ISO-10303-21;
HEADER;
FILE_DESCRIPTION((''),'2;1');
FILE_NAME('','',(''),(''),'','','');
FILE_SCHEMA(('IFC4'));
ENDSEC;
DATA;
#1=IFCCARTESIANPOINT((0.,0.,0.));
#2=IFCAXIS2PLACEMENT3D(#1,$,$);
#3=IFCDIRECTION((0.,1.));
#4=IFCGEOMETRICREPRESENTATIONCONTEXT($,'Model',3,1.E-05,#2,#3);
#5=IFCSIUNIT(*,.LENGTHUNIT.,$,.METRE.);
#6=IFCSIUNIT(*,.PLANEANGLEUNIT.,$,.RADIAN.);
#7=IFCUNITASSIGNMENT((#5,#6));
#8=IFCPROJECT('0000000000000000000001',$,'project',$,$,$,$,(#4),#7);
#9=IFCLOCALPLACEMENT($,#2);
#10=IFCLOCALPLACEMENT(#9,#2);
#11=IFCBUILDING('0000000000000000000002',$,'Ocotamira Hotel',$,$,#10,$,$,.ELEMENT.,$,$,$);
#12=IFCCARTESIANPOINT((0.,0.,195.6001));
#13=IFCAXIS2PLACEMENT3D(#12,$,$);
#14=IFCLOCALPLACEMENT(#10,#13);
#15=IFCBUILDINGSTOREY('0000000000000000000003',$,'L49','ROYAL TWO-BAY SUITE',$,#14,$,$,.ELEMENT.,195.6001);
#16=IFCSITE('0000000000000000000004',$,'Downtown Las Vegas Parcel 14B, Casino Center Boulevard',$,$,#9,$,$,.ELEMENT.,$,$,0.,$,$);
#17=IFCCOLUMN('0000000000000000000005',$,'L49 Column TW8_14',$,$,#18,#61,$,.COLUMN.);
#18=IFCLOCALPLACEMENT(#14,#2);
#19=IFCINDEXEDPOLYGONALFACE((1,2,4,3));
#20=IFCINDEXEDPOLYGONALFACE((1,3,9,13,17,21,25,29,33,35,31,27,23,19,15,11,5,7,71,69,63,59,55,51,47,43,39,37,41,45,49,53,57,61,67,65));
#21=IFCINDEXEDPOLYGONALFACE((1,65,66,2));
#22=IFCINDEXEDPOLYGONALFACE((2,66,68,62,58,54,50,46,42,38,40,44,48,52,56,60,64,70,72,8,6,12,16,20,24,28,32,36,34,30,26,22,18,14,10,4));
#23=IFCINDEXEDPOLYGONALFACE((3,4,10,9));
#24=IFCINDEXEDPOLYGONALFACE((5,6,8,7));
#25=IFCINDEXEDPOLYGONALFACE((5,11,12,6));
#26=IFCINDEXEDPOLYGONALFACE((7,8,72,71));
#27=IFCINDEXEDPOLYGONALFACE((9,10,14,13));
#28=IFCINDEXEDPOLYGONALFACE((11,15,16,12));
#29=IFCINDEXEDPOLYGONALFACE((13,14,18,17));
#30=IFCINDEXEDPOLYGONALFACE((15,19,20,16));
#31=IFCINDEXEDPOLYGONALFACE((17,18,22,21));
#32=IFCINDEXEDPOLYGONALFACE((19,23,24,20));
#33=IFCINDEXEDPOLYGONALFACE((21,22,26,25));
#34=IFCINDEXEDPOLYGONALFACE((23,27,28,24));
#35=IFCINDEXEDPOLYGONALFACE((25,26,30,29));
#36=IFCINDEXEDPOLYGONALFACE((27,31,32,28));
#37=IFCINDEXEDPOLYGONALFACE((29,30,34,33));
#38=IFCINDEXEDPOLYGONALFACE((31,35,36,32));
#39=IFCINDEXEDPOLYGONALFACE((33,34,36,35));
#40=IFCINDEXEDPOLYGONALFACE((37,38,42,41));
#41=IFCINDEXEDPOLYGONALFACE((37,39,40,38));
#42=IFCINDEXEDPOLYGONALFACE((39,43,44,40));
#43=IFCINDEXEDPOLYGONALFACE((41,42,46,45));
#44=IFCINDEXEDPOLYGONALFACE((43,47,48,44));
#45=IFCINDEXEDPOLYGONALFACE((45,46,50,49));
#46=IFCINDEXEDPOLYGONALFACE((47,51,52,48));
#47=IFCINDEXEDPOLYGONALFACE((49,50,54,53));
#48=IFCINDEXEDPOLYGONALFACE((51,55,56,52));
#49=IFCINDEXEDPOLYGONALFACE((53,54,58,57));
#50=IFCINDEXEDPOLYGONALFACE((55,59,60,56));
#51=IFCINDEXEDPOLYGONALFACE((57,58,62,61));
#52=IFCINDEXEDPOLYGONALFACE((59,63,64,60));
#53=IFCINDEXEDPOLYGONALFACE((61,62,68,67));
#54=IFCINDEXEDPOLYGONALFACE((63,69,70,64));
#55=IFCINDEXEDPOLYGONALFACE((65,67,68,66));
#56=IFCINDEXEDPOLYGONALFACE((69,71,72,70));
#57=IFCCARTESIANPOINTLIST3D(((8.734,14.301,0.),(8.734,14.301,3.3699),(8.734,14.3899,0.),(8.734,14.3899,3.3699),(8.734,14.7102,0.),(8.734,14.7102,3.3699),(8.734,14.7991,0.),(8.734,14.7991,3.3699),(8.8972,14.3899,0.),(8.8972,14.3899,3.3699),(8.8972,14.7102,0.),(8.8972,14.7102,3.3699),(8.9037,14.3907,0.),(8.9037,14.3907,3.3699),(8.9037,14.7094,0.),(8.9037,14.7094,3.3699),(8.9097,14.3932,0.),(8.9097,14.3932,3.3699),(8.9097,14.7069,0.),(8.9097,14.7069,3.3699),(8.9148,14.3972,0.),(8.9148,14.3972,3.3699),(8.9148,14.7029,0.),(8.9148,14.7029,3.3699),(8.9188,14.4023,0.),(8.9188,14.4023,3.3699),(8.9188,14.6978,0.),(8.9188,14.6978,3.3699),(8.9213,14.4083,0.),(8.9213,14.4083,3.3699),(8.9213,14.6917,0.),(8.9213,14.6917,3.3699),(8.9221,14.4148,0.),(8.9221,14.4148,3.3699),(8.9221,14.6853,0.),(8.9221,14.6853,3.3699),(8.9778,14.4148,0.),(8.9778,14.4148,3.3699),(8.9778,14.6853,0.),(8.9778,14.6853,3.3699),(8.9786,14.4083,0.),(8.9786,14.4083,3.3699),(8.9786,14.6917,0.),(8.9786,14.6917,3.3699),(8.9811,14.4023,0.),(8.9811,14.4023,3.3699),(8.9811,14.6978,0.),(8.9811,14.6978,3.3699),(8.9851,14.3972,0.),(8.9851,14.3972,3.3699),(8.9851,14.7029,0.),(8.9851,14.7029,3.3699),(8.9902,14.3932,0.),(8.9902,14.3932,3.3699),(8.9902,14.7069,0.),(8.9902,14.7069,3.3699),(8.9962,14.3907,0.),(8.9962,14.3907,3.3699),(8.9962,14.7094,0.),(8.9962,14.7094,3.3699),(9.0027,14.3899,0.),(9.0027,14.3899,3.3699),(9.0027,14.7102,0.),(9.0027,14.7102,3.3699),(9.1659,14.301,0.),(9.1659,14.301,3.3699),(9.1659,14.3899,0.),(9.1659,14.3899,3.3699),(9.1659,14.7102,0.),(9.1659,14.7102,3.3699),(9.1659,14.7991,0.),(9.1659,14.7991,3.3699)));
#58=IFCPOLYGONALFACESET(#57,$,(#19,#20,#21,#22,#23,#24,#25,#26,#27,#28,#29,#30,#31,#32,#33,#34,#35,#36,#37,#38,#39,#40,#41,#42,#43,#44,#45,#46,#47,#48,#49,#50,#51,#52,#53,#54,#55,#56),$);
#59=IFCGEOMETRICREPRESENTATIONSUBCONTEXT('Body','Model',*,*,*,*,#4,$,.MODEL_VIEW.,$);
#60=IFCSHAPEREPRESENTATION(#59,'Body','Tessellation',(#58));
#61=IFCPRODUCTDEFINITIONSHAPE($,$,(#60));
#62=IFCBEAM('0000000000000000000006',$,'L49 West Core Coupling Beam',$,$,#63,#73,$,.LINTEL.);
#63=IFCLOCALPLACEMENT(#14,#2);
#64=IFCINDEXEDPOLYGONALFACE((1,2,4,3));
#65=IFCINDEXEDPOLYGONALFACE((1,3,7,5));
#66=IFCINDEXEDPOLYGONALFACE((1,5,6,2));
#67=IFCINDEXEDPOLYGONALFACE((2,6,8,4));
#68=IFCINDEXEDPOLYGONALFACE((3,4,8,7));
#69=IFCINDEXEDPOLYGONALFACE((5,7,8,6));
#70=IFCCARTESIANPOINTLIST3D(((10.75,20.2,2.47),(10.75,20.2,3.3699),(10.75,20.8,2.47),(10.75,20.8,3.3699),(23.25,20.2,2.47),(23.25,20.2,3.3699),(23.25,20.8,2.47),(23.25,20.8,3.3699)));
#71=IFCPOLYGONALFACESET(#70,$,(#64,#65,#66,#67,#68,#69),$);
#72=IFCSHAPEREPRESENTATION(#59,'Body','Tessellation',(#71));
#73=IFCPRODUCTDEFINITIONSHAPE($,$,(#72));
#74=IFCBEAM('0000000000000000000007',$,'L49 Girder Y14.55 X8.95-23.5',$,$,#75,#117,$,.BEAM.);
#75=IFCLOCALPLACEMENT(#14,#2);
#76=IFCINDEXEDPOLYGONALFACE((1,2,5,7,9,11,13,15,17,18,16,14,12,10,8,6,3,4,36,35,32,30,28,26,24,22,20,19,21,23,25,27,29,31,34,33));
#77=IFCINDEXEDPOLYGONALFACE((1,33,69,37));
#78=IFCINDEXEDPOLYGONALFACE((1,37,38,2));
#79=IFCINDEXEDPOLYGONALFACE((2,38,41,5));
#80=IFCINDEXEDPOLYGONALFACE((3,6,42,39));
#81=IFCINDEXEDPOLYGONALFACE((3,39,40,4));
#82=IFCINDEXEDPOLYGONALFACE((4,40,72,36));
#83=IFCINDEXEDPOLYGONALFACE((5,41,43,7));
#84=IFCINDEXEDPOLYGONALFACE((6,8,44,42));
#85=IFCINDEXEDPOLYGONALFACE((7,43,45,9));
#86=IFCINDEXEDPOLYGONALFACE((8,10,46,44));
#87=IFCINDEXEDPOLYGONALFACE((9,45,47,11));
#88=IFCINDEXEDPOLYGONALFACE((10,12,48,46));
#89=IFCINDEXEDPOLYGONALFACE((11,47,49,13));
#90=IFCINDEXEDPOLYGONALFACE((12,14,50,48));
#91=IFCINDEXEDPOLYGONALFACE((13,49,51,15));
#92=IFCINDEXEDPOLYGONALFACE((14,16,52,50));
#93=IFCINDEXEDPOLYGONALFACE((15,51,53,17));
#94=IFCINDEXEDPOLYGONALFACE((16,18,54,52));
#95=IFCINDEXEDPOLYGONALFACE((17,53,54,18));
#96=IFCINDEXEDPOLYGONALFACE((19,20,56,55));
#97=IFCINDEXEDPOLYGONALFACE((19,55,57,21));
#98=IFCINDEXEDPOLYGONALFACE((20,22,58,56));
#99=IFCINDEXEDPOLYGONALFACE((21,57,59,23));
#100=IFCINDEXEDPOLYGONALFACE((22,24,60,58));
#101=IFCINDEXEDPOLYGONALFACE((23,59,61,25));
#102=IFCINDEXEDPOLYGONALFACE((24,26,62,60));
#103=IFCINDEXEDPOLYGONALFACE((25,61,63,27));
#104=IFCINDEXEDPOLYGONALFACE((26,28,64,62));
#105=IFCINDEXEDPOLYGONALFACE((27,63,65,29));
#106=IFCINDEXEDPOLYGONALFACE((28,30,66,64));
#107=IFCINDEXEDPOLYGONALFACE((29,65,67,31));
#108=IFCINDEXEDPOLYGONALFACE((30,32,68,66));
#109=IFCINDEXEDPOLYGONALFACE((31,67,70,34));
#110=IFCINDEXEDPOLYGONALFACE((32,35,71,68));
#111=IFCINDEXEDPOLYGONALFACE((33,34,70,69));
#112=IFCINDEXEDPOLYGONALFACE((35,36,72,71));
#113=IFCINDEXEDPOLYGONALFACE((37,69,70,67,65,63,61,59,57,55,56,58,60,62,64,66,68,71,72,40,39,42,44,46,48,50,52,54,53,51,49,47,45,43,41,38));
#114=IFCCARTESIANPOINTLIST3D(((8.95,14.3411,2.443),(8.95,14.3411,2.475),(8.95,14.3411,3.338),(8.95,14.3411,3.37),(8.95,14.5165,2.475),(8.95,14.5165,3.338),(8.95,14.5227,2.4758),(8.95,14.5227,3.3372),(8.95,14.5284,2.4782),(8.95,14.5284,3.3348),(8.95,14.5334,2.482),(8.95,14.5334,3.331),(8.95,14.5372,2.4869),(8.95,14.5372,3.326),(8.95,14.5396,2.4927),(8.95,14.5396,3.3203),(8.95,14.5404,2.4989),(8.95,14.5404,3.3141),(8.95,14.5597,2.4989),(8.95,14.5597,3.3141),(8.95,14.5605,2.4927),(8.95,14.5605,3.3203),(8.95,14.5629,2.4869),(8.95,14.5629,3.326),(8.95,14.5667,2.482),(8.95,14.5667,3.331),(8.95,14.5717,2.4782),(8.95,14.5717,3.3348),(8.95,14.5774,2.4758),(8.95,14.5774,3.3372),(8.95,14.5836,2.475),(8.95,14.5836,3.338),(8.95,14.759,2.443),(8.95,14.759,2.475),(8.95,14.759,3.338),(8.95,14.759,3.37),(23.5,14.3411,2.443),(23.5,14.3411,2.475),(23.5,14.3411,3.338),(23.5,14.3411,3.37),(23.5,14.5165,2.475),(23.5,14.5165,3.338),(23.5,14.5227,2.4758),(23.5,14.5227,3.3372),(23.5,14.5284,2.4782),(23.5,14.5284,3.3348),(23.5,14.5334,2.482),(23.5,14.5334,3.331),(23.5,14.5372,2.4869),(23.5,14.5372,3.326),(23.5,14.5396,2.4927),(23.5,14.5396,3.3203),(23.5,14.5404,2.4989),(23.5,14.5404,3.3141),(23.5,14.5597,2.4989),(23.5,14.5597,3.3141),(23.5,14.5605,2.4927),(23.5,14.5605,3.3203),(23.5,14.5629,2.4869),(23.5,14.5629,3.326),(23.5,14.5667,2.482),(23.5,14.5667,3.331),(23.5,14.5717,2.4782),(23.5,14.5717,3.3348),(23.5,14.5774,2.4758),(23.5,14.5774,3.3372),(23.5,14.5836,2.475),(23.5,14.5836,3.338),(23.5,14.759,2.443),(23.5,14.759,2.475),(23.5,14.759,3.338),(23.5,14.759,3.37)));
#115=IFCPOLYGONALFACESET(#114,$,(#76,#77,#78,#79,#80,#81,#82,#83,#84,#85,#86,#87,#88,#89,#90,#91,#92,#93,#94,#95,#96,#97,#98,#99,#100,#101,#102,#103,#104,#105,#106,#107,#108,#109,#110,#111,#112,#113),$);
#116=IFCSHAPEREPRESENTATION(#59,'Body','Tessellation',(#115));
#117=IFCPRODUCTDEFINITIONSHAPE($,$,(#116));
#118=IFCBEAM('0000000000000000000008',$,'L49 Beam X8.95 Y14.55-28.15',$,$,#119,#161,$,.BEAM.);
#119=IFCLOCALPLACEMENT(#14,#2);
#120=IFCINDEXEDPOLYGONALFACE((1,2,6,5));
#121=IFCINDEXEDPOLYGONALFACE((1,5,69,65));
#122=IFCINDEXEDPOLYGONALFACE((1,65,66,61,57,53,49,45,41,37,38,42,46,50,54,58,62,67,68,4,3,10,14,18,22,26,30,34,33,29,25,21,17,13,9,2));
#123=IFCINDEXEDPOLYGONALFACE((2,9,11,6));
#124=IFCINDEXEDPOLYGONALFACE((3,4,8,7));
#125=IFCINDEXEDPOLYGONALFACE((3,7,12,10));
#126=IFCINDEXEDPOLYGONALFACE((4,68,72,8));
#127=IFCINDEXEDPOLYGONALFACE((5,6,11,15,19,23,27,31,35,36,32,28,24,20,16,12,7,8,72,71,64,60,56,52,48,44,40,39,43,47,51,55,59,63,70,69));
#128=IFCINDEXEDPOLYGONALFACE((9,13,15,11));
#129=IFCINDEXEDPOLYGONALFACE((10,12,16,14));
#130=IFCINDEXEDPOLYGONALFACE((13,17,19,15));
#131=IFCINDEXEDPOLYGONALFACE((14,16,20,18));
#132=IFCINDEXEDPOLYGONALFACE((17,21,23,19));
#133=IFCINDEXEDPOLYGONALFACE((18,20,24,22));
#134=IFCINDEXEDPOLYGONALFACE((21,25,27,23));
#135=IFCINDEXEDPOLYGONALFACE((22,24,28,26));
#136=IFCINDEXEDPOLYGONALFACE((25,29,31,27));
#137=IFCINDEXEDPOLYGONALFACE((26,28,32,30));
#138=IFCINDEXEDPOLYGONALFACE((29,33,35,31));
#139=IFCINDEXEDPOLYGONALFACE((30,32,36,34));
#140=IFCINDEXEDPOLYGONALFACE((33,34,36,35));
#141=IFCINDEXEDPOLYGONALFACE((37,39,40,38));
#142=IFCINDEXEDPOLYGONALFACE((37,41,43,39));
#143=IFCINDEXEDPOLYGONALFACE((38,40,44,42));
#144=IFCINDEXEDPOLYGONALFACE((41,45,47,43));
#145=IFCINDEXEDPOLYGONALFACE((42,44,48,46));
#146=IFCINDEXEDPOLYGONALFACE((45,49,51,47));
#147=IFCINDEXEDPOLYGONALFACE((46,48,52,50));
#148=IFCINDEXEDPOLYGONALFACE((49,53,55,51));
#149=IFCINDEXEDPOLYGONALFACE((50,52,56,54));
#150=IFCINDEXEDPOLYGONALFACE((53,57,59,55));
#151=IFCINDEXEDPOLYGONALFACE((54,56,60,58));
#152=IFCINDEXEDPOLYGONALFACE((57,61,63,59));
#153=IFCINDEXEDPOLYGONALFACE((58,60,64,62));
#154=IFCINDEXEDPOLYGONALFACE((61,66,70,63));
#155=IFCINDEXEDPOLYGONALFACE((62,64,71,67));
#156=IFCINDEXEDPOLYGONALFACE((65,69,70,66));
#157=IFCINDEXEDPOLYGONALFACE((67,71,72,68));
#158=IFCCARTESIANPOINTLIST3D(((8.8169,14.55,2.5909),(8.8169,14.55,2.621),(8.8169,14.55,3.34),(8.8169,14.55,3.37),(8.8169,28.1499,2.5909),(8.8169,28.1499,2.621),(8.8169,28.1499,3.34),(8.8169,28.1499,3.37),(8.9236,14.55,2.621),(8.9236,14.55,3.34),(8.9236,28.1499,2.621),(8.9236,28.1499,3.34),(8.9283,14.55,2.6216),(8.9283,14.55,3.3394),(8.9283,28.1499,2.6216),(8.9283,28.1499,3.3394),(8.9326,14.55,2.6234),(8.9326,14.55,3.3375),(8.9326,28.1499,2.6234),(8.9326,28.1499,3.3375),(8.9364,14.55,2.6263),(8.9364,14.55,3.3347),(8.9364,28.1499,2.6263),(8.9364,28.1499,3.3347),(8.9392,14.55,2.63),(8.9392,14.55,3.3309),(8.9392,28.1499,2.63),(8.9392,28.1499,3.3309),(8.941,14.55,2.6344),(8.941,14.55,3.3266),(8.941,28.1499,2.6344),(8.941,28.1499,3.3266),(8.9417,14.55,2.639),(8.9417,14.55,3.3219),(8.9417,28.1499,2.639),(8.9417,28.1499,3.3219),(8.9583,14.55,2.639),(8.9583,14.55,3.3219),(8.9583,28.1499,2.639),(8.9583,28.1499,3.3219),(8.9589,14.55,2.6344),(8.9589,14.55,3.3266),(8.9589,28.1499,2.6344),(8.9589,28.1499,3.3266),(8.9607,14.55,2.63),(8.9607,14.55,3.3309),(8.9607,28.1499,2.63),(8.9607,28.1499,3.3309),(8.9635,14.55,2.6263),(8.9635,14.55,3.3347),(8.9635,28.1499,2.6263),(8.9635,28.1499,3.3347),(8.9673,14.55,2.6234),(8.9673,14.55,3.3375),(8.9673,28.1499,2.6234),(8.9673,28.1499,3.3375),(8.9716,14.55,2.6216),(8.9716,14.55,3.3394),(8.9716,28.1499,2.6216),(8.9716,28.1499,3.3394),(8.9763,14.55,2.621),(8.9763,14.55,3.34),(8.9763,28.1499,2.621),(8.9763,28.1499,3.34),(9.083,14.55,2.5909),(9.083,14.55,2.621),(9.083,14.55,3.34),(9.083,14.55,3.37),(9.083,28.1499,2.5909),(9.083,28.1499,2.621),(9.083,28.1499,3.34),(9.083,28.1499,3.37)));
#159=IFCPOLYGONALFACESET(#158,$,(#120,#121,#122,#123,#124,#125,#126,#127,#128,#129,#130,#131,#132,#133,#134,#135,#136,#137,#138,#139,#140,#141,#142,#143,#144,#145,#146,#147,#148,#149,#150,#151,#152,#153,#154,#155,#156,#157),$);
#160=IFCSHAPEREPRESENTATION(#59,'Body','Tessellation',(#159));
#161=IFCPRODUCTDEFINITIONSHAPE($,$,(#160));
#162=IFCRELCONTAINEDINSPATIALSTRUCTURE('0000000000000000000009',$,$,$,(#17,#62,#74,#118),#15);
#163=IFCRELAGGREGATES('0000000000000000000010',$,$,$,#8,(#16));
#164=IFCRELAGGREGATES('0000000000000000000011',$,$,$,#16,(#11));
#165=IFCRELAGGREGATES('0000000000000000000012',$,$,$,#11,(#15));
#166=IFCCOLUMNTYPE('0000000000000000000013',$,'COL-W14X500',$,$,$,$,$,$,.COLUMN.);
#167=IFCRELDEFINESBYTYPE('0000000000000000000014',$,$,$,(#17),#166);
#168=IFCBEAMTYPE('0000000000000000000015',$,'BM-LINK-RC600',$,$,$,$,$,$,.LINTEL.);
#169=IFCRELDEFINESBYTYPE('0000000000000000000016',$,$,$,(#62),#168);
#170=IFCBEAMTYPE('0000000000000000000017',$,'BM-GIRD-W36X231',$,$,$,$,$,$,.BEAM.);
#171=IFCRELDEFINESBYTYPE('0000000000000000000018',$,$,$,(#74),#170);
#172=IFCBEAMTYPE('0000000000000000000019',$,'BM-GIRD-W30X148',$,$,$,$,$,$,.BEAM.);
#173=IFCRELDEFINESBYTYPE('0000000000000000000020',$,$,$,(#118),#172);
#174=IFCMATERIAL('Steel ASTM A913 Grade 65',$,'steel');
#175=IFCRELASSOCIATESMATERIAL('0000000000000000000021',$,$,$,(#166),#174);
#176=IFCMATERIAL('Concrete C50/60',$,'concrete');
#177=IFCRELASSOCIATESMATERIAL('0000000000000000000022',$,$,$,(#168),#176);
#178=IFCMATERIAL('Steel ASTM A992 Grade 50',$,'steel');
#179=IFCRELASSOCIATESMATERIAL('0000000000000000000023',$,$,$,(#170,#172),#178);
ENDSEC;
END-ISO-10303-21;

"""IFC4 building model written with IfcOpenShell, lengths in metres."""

from ifc_helpers import new_model, si_unit, direction, frame, origin, origin_2d, place, context, subcontext, project, spatial, rectangle, i_section, extrude, source, transform, mapped, material, material_profile, profile_set, type_object, element, save


model = new_model("IFC4")

# Units and contexts
model_context = context("Model", 3, precision=1e-05, world=origin(), true_north=direction((0.0, 1.0)))
body_context = subcontext(model_context, "Body", "Model", "MODEL_VIEW")
ifc_project = project(units=[si_unit("LENGTHUNIT", "METRE"), si_unit("PLANEANGLEUNIT", "RADIAN")], contexts=[model_context])

# Site, building, storey
site_placement = place(None, origin())
site = spatial("IfcSite", under=ifc_project, at=site_placement, Name="Downtown Las Vegas Parcel 14B, Casino Center Boulevard", CompositionType="ELEMENT", RefElevation=0.0)
building_placement = place(site_placement, origin())
building = spatial("IfcBuilding", under=site, at=building_placement, Name="Ocotamira Hotel", CompositionType="ELEMENT")
storey_placement = place(building_placement, frame((0.0, 0.0, 195.6001)))
storey = spatial("IfcBuildingStorey", under=building, at=storey_placement, Name="L49", Description="ROYAL TWO-BAY SUITE", CompositionType="ELEMENT", Elevation=195.6001)

# Column
ifc_material_1 = material(Name="Steel ASTM A913 Grade 65", Category="steel")
ifc_material_profile_1 = material_profile(ifc_material_1, i_section(OverallWidth=0.4319, OverallDepth=0.498, WebThickness=0.0557, FlangeThickness=0.0889, FilletRadius=0.0249, at=origin_2d()), Name="W14X500")
ifc_profile_set_1 = profile_set([ifc_material_profile_1], Name="Steel ASTM A913 Grade 65")
column_type = type_object("IfcColumnType", Name="COL-W14X500", PredefinedType="COLUMN", material=ifc_profile_set_1)
shared_shape_1 = source(origin(), body_context, "Body", "SweptSolid", [
    extrude(i_section(OverallWidth=0.4319, OverallDepth=0.498, WebThickness=0.0557, FlangeThickness=0.0889, FilletRadius=0.0249, at=origin_2d()), origin(), (0.0, 0.0, 1.0), 3.3699),
])
column_placement = place(storey_placement, frame((8.95, 14.55, 0.0), z_axis=(0.0, 0.0, 1.0), x_axis=(1.0, 0.0, 0.0)))
element("IfcColumn", 1, at=column_placement, inside=storey, type_object=column_type, Name="L49 Column TW8_14", PredefinedType="COLUMN", context=body_context, shape_type="MappedRepresentation", body=[
    mapped(shared_shape_1, transform((0.0, 0.0, 0.0), scale=1.0)),
])

# Beams
ifc_material_2 = material(Name="Concrete C50/60", Category="concrete")
ifc_material_profile_2 = material_profile(ifc_material_2, rectangle(XDim=0.6001, YDim=0.8999, at=origin_2d()), Name="RC600X900")
ifc_profile_set_2 = profile_set([ifc_material_profile_2], Name="Concrete C50/60")
beam_type_1 = type_object("IfcBeamType", Name="BM-LINK-RC600", PredefinedType="LINTEL", material=ifc_profile_set_2)
shared_shape_2 = source(origin(), body_context, "Body", "SweptSolid", [
    extrude(rectangle(XDim=0.6001, YDim=0.8999, at=origin_2d()), origin(), (0.0, 0.0, 1.0), 12.5),
])
beam_1_placement = place(storey_placement, frame((10.75, 20.5, 2.9199), z_axis=(1.0, 0.0, 0.0), x_axis=(0.0, 1.0, 0.0)))
element("IfcBeam", 2, at=beam_1_placement, inside=storey, type_object=beam_type_1, Name="L49 West Core Coupling Beam", PredefinedType="LINTEL", context=body_context, shape_type="MappedRepresentation", body=[
    mapped(shared_shape_2, transform((0.0, 0.0, 0.0), scale=1.0)),
])
ifc_material_3 = material(Name="Steel ASTM A992 Grade 50", Category="steel")
ifc_material_profile_3 = material_profile(ifc_material_3, i_section(OverallWidth=0.418, OverallDepth=0.927, WebThickness=0.0193, FlangeThickness=0.032, FilletRadius=0.0239, at=origin_2d()), Name="W36X231")
ifc_profile_set_3 = profile_set([ifc_material_profile_3], Name="Steel ASTM A992 Grade 50")
beam_type_2 = type_object("IfcBeamType", Name="BM-GIRD-W36X231", PredefinedType="BEAM", material=ifc_profile_set_3)
shared_shape_3 = source(origin(), body_context, "Body", "SweptSolid", [
    extrude(i_section(OverallWidth=0.418, OverallDepth=0.927, WebThickness=0.0193, FlangeThickness=0.032, FilletRadius=0.0239, at=origin_2d()), origin(), (0.0, 0.0, 1.0), 14.55),
])
beam_2_placement = place(storey_placement, frame((8.95, 14.55, 2.9065), z_axis=(1.0, 0.0, 0.0), x_axis=(0.0, 1.0, 0.0)))
element("IfcBeam", 3, at=beam_2_placement, inside=storey, type_object=beam_type_2, Name="L49 Girder Y14.55 X8.95-23.5", PredefinedType="BEAM", context=body_context, shape_type="MappedRepresentation", body=[
    mapped(shared_shape_3, transform((0.0, 0.0, 0.0), scale=1.0)),
])
ifc_material_profile_4 = material_profile(ifc_material_3, i_section(OverallWidth=0.2661, OverallDepth=0.7791, WebThickness=0.0166, FlangeThickness=0.03, FilletRadius=0.0181, at=origin_2d()), Name="W30X148")
ifc_profile_set_4 = profile_set([ifc_material_profile_4], Name="Steel ASTM A992 Grade 50")
beam_type_3 = type_object("IfcBeamType", Name="BM-GIRD-W30X148", PredefinedType="BEAM", material=ifc_profile_set_4)
shared_shape_4 = source(origin(), body_context, "Body", "SweptSolid", [
    extrude(i_section(OverallWidth=0.2661, OverallDepth=0.7791, WebThickness=0.0166, FlangeThickness=0.03, FilletRadius=0.0181, at=origin_2d()), origin(), (0.0, 0.0, 1.0), 13.5999),
])
beam_3_placement = place(storey_placement, frame((8.95, 14.55, 2.9805), z_axis=(0.0, 1.0, 0.0), x_axis=(-1.0, 0.0, 0.0)))
element("IfcBeam", 4, at=beam_3_placement, inside=storey, type_object=beam_type_3, Name="L49 Beam X8.95 Y14.55-28.15", PredefinedType="BEAM", context=body_context, shape_type="MappedRepresentation", body=[
    mapped(shared_shape_4, transform((0.0, 0.0, 0.0), scale=1.0)),
])

save(model, "model.ifc")
